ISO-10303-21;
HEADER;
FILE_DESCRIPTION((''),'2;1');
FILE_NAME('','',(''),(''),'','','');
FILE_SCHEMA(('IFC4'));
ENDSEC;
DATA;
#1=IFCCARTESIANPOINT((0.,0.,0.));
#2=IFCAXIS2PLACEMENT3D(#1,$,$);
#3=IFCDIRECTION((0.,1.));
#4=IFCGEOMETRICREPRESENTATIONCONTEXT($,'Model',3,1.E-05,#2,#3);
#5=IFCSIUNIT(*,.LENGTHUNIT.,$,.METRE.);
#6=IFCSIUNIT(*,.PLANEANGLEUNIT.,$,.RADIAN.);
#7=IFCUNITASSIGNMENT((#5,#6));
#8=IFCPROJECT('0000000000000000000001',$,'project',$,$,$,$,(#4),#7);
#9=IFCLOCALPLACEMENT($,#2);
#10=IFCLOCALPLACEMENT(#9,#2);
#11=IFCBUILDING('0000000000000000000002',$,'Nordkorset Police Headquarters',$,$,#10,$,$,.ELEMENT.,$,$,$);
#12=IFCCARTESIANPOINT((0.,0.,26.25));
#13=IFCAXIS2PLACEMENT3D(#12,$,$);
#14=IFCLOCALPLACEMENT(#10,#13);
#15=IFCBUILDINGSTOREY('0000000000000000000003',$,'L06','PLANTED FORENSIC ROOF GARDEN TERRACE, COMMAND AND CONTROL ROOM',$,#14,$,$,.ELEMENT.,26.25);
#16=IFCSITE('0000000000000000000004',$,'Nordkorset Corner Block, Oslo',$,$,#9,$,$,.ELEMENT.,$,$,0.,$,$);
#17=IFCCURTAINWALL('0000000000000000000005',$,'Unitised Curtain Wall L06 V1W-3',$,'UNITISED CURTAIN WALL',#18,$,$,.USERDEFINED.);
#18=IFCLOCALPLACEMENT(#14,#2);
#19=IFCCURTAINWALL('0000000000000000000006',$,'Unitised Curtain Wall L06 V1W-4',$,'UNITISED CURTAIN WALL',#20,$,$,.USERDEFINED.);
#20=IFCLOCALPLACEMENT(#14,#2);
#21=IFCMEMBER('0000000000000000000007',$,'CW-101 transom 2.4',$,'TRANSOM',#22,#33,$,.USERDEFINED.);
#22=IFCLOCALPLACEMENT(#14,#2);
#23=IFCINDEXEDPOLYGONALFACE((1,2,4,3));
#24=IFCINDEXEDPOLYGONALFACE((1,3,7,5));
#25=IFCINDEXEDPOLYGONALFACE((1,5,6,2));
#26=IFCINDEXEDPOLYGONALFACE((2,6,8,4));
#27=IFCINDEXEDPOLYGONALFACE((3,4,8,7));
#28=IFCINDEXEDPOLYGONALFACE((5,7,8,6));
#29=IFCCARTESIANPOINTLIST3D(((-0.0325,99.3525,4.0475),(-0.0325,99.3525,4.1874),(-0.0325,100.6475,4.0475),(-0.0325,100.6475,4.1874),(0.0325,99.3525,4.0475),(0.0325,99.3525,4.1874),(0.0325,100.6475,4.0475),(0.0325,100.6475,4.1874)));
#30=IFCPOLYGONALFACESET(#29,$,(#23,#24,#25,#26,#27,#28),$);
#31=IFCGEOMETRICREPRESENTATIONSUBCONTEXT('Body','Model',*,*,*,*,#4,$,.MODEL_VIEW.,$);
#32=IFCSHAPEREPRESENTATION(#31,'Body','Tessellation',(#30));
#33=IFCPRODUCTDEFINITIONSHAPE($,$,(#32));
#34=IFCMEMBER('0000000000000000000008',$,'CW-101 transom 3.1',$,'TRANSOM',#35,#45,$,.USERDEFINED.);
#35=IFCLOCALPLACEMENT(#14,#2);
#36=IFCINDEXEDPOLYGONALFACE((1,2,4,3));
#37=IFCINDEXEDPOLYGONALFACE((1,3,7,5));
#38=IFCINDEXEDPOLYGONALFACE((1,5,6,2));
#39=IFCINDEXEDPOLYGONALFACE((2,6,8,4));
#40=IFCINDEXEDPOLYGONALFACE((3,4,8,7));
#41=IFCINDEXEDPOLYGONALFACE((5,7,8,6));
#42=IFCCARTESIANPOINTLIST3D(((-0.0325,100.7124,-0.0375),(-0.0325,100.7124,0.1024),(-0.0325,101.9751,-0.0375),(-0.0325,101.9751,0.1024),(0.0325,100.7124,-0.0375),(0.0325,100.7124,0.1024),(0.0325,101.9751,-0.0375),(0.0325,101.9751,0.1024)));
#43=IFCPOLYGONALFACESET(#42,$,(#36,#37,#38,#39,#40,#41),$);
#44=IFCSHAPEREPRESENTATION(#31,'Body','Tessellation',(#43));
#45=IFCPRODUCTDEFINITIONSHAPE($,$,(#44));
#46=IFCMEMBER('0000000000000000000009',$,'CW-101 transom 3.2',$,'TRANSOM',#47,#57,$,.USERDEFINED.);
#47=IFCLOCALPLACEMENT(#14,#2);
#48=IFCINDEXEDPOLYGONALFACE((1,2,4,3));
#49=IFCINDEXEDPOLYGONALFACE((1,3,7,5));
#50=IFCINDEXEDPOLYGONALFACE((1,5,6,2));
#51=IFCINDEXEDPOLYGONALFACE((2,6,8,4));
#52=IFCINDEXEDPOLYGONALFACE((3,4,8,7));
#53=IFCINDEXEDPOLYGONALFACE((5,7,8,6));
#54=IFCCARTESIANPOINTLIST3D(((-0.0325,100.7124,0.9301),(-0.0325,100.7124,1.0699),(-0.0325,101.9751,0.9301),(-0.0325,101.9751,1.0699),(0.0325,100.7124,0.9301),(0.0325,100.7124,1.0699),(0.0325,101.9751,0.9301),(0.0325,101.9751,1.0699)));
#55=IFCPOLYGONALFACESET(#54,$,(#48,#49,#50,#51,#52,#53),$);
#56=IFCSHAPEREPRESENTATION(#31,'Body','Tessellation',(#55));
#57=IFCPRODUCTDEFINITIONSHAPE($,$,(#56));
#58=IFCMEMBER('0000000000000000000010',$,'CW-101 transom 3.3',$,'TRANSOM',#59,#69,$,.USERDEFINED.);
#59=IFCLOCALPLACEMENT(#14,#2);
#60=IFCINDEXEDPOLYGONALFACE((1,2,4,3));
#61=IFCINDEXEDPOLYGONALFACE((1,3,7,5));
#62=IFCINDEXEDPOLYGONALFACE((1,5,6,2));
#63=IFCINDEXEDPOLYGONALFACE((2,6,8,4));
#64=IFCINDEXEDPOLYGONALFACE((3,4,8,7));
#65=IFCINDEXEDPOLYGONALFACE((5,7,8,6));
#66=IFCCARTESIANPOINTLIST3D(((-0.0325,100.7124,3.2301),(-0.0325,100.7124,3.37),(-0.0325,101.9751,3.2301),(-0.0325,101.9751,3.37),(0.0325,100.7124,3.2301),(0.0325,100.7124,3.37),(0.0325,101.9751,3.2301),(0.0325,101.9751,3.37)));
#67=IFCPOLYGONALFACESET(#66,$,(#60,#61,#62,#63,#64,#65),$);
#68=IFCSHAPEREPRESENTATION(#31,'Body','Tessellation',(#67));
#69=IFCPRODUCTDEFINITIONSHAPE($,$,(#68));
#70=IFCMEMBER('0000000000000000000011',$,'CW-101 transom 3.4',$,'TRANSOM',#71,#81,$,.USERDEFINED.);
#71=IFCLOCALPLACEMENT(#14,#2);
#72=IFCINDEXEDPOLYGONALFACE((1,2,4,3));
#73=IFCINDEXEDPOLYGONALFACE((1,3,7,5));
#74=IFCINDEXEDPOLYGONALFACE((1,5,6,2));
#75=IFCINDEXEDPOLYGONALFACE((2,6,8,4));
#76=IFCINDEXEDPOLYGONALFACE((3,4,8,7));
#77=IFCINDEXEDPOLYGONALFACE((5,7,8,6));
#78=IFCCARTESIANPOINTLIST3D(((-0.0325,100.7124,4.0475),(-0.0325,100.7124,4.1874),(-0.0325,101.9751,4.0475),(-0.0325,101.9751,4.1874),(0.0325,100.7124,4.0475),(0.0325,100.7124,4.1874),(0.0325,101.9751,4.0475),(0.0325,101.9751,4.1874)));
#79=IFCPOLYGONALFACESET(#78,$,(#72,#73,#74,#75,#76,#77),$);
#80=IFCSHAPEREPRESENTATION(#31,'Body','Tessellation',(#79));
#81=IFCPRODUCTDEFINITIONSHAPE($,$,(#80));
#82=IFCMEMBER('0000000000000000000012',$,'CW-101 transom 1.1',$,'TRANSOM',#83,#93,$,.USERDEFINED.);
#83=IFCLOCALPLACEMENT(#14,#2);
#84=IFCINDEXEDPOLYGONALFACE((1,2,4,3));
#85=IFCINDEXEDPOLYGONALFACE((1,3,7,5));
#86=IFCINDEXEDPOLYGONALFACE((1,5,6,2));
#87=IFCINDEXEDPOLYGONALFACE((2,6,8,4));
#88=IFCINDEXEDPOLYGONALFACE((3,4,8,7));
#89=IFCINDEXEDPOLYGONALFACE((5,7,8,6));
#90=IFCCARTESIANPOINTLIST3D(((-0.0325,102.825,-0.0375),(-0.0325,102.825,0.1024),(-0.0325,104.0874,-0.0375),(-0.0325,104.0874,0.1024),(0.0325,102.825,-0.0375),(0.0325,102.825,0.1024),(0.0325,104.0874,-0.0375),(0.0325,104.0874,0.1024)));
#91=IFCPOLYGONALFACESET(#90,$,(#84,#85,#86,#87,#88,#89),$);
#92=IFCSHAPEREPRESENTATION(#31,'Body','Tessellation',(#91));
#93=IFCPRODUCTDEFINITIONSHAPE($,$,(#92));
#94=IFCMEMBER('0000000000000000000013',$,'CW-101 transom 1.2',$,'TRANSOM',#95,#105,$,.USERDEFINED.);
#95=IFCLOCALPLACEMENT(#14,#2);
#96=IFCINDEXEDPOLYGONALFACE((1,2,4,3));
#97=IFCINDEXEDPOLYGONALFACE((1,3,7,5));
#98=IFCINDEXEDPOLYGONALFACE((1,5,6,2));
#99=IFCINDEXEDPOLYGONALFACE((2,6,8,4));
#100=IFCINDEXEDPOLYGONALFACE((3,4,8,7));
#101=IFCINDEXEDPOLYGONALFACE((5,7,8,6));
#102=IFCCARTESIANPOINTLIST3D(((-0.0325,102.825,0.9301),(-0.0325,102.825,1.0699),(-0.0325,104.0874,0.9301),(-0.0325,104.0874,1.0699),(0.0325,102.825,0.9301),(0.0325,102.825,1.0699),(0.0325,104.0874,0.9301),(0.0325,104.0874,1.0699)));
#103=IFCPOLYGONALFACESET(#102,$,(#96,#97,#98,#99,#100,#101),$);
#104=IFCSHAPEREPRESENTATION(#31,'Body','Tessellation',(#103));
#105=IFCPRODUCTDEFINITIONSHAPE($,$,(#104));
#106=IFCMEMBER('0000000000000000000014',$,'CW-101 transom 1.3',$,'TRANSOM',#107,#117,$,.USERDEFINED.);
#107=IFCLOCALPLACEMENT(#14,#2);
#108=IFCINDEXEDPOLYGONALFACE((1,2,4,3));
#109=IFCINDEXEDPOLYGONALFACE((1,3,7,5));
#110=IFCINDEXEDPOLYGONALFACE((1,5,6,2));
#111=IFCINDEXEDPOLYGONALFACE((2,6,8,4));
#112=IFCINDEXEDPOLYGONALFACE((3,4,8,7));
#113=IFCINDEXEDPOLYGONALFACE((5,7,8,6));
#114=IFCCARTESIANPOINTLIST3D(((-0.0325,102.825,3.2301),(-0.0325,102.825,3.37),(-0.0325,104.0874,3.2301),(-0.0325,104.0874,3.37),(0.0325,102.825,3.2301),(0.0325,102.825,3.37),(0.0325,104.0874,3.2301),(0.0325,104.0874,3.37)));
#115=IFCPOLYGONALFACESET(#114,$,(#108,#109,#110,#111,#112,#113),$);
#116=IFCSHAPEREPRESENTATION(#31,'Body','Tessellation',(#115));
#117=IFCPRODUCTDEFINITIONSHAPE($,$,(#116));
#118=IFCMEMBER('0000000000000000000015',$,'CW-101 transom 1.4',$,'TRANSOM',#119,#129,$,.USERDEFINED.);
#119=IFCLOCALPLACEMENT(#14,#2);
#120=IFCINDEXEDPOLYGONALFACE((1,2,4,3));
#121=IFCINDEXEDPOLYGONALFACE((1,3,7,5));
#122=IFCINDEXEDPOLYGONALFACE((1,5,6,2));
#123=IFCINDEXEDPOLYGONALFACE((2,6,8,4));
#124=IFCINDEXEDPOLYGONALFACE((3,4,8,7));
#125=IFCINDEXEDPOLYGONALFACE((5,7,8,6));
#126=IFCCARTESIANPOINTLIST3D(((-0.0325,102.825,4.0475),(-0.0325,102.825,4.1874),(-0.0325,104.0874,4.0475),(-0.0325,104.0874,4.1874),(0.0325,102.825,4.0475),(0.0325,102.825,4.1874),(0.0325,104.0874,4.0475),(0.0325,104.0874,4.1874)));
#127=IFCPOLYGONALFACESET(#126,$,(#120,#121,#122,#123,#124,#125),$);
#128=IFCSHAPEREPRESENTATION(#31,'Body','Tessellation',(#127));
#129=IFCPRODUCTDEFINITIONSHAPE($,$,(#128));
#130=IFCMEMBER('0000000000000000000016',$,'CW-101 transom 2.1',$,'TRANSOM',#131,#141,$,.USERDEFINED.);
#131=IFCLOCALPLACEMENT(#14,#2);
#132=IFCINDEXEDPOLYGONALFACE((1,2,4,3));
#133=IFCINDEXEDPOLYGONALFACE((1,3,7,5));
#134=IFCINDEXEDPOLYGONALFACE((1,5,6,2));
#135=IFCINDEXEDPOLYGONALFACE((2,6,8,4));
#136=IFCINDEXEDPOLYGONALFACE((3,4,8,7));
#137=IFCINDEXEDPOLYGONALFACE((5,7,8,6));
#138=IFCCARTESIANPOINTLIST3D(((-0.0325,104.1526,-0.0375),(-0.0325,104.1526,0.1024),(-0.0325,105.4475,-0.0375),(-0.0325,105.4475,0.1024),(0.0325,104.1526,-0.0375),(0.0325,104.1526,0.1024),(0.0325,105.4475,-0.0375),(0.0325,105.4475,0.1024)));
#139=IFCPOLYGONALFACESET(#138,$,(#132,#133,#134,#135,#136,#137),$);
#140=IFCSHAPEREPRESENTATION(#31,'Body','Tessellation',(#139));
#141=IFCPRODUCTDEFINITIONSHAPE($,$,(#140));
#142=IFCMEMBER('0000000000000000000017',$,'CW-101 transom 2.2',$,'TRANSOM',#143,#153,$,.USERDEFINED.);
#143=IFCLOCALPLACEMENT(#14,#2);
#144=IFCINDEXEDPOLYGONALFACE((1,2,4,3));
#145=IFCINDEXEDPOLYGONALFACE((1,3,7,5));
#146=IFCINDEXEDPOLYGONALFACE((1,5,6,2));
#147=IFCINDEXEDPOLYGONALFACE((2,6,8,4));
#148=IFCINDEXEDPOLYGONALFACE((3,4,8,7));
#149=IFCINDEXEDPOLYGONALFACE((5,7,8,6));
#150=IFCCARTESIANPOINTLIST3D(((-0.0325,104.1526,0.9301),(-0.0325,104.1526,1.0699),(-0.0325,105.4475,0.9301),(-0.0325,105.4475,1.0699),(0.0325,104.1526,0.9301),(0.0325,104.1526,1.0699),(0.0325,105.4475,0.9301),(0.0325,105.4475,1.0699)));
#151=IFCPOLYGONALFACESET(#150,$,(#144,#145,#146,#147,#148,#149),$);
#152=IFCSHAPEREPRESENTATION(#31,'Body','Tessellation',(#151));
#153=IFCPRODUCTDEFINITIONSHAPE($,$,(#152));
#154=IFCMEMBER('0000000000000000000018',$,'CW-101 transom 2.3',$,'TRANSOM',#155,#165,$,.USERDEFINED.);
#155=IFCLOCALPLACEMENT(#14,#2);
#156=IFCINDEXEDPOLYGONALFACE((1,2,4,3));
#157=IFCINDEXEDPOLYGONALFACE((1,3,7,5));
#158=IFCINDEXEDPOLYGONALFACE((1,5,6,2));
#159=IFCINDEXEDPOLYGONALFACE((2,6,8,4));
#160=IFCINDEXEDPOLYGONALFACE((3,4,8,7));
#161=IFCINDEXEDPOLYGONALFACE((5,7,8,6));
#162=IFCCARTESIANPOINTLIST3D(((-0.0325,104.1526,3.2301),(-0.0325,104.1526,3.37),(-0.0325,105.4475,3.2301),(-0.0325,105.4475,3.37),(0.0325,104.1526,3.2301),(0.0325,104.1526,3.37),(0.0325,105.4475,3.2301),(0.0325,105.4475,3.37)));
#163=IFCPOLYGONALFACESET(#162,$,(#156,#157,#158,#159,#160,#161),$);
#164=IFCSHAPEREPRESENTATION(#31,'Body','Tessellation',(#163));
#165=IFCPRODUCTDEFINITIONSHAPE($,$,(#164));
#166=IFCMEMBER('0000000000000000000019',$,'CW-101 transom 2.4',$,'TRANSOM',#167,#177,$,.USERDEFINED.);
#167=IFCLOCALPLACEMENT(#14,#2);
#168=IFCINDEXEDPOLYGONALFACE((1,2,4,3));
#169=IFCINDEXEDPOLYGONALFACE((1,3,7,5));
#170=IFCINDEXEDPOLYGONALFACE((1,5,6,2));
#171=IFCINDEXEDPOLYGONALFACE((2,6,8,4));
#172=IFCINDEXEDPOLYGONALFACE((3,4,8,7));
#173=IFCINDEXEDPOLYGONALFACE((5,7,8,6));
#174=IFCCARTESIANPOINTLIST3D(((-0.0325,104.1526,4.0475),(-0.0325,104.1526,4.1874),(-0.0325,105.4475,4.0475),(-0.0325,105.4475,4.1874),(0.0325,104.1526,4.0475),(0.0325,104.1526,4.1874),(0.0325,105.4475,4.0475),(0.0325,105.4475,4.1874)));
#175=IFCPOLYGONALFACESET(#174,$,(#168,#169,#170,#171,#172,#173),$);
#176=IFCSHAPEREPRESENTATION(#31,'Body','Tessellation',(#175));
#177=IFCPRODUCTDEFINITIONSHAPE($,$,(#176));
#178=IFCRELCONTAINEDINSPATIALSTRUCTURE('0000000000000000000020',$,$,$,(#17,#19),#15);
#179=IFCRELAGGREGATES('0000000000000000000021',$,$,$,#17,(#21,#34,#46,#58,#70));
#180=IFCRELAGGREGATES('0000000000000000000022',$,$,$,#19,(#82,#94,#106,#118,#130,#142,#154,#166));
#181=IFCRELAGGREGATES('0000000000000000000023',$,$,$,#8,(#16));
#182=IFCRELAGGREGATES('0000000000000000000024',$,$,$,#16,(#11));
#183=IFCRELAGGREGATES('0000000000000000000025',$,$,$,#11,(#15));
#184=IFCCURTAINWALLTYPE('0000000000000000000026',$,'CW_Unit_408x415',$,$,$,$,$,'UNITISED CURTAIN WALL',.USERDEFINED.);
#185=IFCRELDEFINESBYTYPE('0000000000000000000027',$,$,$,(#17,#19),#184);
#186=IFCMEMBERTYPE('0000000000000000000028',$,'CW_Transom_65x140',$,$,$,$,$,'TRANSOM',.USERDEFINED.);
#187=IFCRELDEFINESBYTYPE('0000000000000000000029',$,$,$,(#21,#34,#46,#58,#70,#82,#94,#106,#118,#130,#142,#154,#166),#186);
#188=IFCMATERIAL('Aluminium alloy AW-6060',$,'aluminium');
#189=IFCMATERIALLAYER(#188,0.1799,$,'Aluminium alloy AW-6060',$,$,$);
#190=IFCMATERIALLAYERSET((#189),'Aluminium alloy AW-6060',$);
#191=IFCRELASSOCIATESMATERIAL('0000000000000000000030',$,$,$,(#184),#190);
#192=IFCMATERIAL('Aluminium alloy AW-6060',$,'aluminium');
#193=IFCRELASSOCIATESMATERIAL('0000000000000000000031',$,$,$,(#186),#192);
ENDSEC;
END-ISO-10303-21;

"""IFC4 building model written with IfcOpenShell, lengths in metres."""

from ifc_helpers import new_model, si_unit, direction, frame, origin, origin_2d, place, context, subcontext, project, spatial, rectangle, extrude, material, layer, layer_set, material_profile, profile_set, type_object, element, aggregate, save


model = new_model("IFC4")

# Units and contexts
model_context = context("Model", 3, precision=1e-05, world=origin(), true_north=direction((0.0, 1.0)))
body_context = subcontext(model_context, "Body", "Model", "MODEL_VIEW")
ifc_project = project(units=[si_unit("LENGTHUNIT", "METRE"), si_unit("PLANEANGLEUNIT", "RADIAN")], contexts=[model_context])

# Site, building, storey
site_placement = place(None, origin())
site = spatial("IfcSite", under=ifc_project, at=site_placement, Name="Nordkorset Corner Block, Oslo", CompositionType="ELEMENT", RefElevation=0.0)
building_placement = place(site_placement, origin())
building = spatial("IfcBuilding", under=site, at=building_placement, Name="Nordkorset Police Headquarters", CompositionType="ELEMENT")
storey_placement = place(building_placement, frame((0.0, 0.0, 26.25)))
storey = spatial("IfcBuildingStorey", under=building, at=storey_placement, Name="L06", Description="PLANTED FORENSIC ROOF GARDEN TERRACE, COMMAND AND CONTROL ROOM", CompositionType="ELEMENT", Elevation=26.25)

# Curtain walls
ifc_material_1 = material(Name="Aluminium alloy AW-6060", Category="aluminium")
ifc_layer_1 = layer(ifc_material_1, 0.1799, Name="Aluminium alloy AW-6060")
ifc_layer_set_1 = layer_set([ifc_layer_1], Name="Aluminium alloy AW-6060")
curtain_wall_type = type_object("IfcCurtainWallType", Name="CW_Unit_408x415", ElementType="UNITISED CURTAIN WALL", PredefinedType="USERDEFINED", material=ifc_layer_set_1)
curtain_wall_1_placement = place(storey_placement, origin())
curtain_wall_1 = element("IfcCurtainWall", 1, at=curtain_wall_1_placement, inside=storey, type_object=curtain_wall_type, Name="Unitised Curtain Wall L06 V1W-3", ObjectType="UNITISED CURTAIN WALL", PredefinedType="USERDEFINED")
curtain_wall_2_placement = place(storey_placement, origin())
curtain_wall_2 = element("IfcCurtainWall", 2, at=curtain_wall_2_placement, inside=storey, type_object=curtain_wall_type, Name="Unitised Curtain Wall L06 V1W-4", ObjectType="UNITISED CURTAIN WALL", PredefinedType="USERDEFINED")

# Members
ifc_material_2 = material(Name="Aluminium alloy AW-6060", Category="aluminium")
ifc_material_profile_1 = material_profile(ifc_material_2, rectangle(XDim=0.0649, YDim=0.1399, at=origin_2d()), Name="ALU TRAN 65x140")
ifc_profile_set_1 = profile_set([ifc_material_profile_1], Name="Aluminium alloy AW-6060")
member_type_1 = type_object("IfcMemberType", Name="CW_Transom_65x140", ElementType="TRANSOM", PredefinedType="USERDEFINED", material=ifc_profile_set_1)
member_1_placement = place(storey_placement, frame((0.0, 99.3525, 4.1174), z_axis=(0.0, 1.0, 0.0), x_axis=(-1.0, 0.0, 0.0)))
member_1 = element("IfcMember", 3, at=member_1_placement, type_object=member_type_1, Name="CW-101 transom 2.4", ObjectType="TRANSOM", PredefinedType="USERDEFINED", context=body_context, shape_type="SweptSolid", body=[
    extrude(rectangle(XDim=0.0649, YDim=0.1399, at=origin_2d()), origin(), (0.0, 0.0, 1.0), 1.2949),
])
member_2_placement = place(storey_placement, frame((0.0, 100.7124, 0.0325), z_axis=(0.0, 1.0, 0.0), x_axis=(-1.0, 0.0, 0.0)))
member_2 = element("IfcMember", 4, at=member_2_placement, type_object=member_type_1, Name="CW-101 transom 3.1", ObjectType="TRANSOM", PredefinedType="USERDEFINED", context=body_context, shape_type="SweptSolid", body=[
    extrude(rectangle(XDim=0.0649, YDim=0.1399, at=origin_2d()), origin(), (0.0, 0.0, 1.0), 1.2627),
])
member_3_placement = place(storey_placement, frame((0.0, 100.7124, 1.0), z_axis=(0.0, 1.0, 0.0), x_axis=(-1.0, 0.0, 0.0)))
member_3 = element("IfcMember", 5, at=member_3_placement, type_object=member_type_1, Name="CW-101 transom 3.2", ObjectType="TRANSOM", PredefinedType="USERDEFINED", context=body_context, shape_type="SweptSolid", body=[
    extrude(rectangle(XDim=0.0649, YDim=0.1399, at=origin_2d()), origin(), (0.0, 0.0, 1.0), 1.2627),
])
member_4_placement = place(storey_placement, frame((0.0, 100.7124, 3.3), z_axis=(0.0, 1.0, 0.0), x_axis=(-1.0, 0.0, 0.0)))
member_4 = element("IfcMember", 6, at=member_4_placement, type_object=member_type_1, Name="CW-101 transom 3.3", ObjectType="TRANSOM", PredefinedType="USERDEFINED", context=body_context, shape_type="SweptSolid", body=[
    extrude(rectangle(XDim=0.0649, YDim=0.1399, at=origin_2d()), origin(), (0.0, 0.0, 1.0), 1.2627),
])
member_5_placement = place(storey_placement, frame((0.0, 100.7124, 4.1174), z_axis=(0.0, 1.0, 0.0), x_axis=(-1.0, 0.0, 0.0)))
member_5 = element("IfcMember", 7, at=member_5_placement, type_object=member_type_1, Name="CW-101 transom 3.4", ObjectType="TRANSOM", PredefinedType="USERDEFINED", context=body_context, shape_type="SweptSolid", body=[
    extrude(rectangle(XDim=0.0649, YDim=0.1399, at=origin_2d()), origin(), (0.0, 0.0, 1.0), 1.2627),
])
member_6_placement = place(storey_placement, frame((0.0, 102.825, 0.0325), z_axis=(0.0, 1.0, 0.0), x_axis=(-1.0, 0.0, 0.0)))
member_6 = element("IfcMember", 8, at=member_6_placement, type_object=member_type_1, Name="CW-101 transom 1.1", ObjectType="TRANSOM", PredefinedType="USERDEFINED", context=body_context, shape_type="SweptSolid", body=[
    extrude(rectangle(XDim=0.0649, YDim=0.1399, at=origin_2d()), origin(), (0.0, 0.0, 1.0), 1.2625),
])
member_7_placement = place(storey_placement, frame((0.0, 102.825, 1.0), z_axis=(0.0, 1.0, 0.0), x_axis=(-1.0, 0.0, 0.0)))
member_7 = element("IfcMember", 9, at=member_7_placement, type_object=member_type_1, Name="CW-101 transom 1.2", ObjectType="TRANSOM", PredefinedType="USERDEFINED", context=body_context, shape_type="SweptSolid", body=[
    extrude(rectangle(XDim=0.0649, YDim=0.1399, at=origin_2d()), origin(), (0.0, 0.0, 1.0), 1.2625),
])
member_8_placement = place(storey_placement, frame((0.0, 102.825, 3.3), z_axis=(0.0, 1.0, 0.0), x_axis=(-1.0, 0.0, 0.0)))
member_8 = element("IfcMember", 10, at=member_8_placement, type_object=member_type_1, Name="CW-101 transom 1.3", ObjectType="TRANSOM", PredefinedType="USERDEFINED", context=body_context, shape_type="SweptSolid", body=[
    extrude(rectangle(XDim=0.0649, YDim=0.1399, at=origin_2d()), origin(), (0.0, 0.0, 1.0), 1.2625),
])
member_9_placement = place(storey_placement, frame((0.0, 102.825, 4.1174), z_axis=(0.0, 1.0, 0.0), x_axis=(-1.0, 0.0, 0.0)))
member_9 = element("IfcMember", 11, at=member_9_placement, type_object=member_type_1, Name="CW-101 transom 1.4", ObjectType="TRANSOM", PredefinedType="USERDEFINED", context=body_context, shape_type="SweptSolid", body=[
    extrude(rectangle(XDim=0.0649, YDim=0.1399, at=origin_2d()), origin(), (0.0, 0.0, 1.0), 1.2625),
])
member_10_placement = place(storey_placement, frame((0.0, 104.1526, 0.0325), z_axis=(0.0, 1.0, 0.0), x_axis=(-1.0, 0.0, 0.0)))
member_10 = element("IfcMember", 12, at=member_10_placement, type_object=member_type_1, Name="CW-101 transom 2.1", ObjectType="TRANSOM", PredefinedType="USERDEFINED", context=body_context, shape_type="SweptSolid", body=[
    extrude(rectangle(XDim=0.0649, YDim=0.1399, at=origin_2d()), origin(), (0.0, 0.0, 1.0), 1.2949),
])
member_11_placement = place(storey_placement, frame((0.0, 104.1526, 1.0), z_axis=(0.0, 1.0, 0.0), x_axis=(-1.0, 0.0, 0.0)))
member_11 = element("IfcMember", 13, at=member_11_placement, type_object=member_type_1, Name="CW-101 transom 2.2", ObjectType="TRANSOM", PredefinedType="USERDEFINED", context=body_context, shape_type="SweptSolid", body=[
    extrude(rectangle(XDim=0.0649, YDim=0.1399, at=origin_2d()), origin(), (0.0, 0.0, 1.0), 1.2949),
])
member_12_placement = place(storey_placement, frame((0.0, 104.1526, 3.3), z_axis=(0.0, 1.0, 0.0), x_axis=(-1.0, 0.0, 0.0)))
member_12 = element("IfcMember", 14, at=member_12_placement, type_object=member_type_1, Name="CW-101 transom 2.3", ObjectType="TRANSOM", PredefinedType="USERDEFINED", context=body_context, shape_type="SweptSolid", body=[
    extrude(rectangle(XDim=0.0649, YDim=0.1399, at=origin_2d()), origin(), (0.0, 0.0, 1.0), 1.2949),
])
member_13_placement = place(storey_placement, frame((0.0, 104.1526, 4.1174), z_axis=(0.0, 1.0, 0.0), x_axis=(-1.0, 0.0, 0.0)))
member_13 = element("IfcMember", 15, at=member_13_placement, type_object=member_type_1, Name="CW-101 transom 2.4", ObjectType="TRANSOM", PredefinedType="USERDEFINED", context=body_context, shape_type="SweptSolid", body=[
    extrude(rectangle(XDim=0.0649, YDim=0.1399, at=origin_2d()), origin(), (0.0, 0.0, 1.0), 1.2949),
])

aggregate(curtain_wall_1, [member_1, member_2, member_3, member_4, member_5])
aggregate(curtain_wall_2, [member_6, member_7, member_8, member_9, member_10, member_11, member_12, member_13])

save(model, "model.ifc")
